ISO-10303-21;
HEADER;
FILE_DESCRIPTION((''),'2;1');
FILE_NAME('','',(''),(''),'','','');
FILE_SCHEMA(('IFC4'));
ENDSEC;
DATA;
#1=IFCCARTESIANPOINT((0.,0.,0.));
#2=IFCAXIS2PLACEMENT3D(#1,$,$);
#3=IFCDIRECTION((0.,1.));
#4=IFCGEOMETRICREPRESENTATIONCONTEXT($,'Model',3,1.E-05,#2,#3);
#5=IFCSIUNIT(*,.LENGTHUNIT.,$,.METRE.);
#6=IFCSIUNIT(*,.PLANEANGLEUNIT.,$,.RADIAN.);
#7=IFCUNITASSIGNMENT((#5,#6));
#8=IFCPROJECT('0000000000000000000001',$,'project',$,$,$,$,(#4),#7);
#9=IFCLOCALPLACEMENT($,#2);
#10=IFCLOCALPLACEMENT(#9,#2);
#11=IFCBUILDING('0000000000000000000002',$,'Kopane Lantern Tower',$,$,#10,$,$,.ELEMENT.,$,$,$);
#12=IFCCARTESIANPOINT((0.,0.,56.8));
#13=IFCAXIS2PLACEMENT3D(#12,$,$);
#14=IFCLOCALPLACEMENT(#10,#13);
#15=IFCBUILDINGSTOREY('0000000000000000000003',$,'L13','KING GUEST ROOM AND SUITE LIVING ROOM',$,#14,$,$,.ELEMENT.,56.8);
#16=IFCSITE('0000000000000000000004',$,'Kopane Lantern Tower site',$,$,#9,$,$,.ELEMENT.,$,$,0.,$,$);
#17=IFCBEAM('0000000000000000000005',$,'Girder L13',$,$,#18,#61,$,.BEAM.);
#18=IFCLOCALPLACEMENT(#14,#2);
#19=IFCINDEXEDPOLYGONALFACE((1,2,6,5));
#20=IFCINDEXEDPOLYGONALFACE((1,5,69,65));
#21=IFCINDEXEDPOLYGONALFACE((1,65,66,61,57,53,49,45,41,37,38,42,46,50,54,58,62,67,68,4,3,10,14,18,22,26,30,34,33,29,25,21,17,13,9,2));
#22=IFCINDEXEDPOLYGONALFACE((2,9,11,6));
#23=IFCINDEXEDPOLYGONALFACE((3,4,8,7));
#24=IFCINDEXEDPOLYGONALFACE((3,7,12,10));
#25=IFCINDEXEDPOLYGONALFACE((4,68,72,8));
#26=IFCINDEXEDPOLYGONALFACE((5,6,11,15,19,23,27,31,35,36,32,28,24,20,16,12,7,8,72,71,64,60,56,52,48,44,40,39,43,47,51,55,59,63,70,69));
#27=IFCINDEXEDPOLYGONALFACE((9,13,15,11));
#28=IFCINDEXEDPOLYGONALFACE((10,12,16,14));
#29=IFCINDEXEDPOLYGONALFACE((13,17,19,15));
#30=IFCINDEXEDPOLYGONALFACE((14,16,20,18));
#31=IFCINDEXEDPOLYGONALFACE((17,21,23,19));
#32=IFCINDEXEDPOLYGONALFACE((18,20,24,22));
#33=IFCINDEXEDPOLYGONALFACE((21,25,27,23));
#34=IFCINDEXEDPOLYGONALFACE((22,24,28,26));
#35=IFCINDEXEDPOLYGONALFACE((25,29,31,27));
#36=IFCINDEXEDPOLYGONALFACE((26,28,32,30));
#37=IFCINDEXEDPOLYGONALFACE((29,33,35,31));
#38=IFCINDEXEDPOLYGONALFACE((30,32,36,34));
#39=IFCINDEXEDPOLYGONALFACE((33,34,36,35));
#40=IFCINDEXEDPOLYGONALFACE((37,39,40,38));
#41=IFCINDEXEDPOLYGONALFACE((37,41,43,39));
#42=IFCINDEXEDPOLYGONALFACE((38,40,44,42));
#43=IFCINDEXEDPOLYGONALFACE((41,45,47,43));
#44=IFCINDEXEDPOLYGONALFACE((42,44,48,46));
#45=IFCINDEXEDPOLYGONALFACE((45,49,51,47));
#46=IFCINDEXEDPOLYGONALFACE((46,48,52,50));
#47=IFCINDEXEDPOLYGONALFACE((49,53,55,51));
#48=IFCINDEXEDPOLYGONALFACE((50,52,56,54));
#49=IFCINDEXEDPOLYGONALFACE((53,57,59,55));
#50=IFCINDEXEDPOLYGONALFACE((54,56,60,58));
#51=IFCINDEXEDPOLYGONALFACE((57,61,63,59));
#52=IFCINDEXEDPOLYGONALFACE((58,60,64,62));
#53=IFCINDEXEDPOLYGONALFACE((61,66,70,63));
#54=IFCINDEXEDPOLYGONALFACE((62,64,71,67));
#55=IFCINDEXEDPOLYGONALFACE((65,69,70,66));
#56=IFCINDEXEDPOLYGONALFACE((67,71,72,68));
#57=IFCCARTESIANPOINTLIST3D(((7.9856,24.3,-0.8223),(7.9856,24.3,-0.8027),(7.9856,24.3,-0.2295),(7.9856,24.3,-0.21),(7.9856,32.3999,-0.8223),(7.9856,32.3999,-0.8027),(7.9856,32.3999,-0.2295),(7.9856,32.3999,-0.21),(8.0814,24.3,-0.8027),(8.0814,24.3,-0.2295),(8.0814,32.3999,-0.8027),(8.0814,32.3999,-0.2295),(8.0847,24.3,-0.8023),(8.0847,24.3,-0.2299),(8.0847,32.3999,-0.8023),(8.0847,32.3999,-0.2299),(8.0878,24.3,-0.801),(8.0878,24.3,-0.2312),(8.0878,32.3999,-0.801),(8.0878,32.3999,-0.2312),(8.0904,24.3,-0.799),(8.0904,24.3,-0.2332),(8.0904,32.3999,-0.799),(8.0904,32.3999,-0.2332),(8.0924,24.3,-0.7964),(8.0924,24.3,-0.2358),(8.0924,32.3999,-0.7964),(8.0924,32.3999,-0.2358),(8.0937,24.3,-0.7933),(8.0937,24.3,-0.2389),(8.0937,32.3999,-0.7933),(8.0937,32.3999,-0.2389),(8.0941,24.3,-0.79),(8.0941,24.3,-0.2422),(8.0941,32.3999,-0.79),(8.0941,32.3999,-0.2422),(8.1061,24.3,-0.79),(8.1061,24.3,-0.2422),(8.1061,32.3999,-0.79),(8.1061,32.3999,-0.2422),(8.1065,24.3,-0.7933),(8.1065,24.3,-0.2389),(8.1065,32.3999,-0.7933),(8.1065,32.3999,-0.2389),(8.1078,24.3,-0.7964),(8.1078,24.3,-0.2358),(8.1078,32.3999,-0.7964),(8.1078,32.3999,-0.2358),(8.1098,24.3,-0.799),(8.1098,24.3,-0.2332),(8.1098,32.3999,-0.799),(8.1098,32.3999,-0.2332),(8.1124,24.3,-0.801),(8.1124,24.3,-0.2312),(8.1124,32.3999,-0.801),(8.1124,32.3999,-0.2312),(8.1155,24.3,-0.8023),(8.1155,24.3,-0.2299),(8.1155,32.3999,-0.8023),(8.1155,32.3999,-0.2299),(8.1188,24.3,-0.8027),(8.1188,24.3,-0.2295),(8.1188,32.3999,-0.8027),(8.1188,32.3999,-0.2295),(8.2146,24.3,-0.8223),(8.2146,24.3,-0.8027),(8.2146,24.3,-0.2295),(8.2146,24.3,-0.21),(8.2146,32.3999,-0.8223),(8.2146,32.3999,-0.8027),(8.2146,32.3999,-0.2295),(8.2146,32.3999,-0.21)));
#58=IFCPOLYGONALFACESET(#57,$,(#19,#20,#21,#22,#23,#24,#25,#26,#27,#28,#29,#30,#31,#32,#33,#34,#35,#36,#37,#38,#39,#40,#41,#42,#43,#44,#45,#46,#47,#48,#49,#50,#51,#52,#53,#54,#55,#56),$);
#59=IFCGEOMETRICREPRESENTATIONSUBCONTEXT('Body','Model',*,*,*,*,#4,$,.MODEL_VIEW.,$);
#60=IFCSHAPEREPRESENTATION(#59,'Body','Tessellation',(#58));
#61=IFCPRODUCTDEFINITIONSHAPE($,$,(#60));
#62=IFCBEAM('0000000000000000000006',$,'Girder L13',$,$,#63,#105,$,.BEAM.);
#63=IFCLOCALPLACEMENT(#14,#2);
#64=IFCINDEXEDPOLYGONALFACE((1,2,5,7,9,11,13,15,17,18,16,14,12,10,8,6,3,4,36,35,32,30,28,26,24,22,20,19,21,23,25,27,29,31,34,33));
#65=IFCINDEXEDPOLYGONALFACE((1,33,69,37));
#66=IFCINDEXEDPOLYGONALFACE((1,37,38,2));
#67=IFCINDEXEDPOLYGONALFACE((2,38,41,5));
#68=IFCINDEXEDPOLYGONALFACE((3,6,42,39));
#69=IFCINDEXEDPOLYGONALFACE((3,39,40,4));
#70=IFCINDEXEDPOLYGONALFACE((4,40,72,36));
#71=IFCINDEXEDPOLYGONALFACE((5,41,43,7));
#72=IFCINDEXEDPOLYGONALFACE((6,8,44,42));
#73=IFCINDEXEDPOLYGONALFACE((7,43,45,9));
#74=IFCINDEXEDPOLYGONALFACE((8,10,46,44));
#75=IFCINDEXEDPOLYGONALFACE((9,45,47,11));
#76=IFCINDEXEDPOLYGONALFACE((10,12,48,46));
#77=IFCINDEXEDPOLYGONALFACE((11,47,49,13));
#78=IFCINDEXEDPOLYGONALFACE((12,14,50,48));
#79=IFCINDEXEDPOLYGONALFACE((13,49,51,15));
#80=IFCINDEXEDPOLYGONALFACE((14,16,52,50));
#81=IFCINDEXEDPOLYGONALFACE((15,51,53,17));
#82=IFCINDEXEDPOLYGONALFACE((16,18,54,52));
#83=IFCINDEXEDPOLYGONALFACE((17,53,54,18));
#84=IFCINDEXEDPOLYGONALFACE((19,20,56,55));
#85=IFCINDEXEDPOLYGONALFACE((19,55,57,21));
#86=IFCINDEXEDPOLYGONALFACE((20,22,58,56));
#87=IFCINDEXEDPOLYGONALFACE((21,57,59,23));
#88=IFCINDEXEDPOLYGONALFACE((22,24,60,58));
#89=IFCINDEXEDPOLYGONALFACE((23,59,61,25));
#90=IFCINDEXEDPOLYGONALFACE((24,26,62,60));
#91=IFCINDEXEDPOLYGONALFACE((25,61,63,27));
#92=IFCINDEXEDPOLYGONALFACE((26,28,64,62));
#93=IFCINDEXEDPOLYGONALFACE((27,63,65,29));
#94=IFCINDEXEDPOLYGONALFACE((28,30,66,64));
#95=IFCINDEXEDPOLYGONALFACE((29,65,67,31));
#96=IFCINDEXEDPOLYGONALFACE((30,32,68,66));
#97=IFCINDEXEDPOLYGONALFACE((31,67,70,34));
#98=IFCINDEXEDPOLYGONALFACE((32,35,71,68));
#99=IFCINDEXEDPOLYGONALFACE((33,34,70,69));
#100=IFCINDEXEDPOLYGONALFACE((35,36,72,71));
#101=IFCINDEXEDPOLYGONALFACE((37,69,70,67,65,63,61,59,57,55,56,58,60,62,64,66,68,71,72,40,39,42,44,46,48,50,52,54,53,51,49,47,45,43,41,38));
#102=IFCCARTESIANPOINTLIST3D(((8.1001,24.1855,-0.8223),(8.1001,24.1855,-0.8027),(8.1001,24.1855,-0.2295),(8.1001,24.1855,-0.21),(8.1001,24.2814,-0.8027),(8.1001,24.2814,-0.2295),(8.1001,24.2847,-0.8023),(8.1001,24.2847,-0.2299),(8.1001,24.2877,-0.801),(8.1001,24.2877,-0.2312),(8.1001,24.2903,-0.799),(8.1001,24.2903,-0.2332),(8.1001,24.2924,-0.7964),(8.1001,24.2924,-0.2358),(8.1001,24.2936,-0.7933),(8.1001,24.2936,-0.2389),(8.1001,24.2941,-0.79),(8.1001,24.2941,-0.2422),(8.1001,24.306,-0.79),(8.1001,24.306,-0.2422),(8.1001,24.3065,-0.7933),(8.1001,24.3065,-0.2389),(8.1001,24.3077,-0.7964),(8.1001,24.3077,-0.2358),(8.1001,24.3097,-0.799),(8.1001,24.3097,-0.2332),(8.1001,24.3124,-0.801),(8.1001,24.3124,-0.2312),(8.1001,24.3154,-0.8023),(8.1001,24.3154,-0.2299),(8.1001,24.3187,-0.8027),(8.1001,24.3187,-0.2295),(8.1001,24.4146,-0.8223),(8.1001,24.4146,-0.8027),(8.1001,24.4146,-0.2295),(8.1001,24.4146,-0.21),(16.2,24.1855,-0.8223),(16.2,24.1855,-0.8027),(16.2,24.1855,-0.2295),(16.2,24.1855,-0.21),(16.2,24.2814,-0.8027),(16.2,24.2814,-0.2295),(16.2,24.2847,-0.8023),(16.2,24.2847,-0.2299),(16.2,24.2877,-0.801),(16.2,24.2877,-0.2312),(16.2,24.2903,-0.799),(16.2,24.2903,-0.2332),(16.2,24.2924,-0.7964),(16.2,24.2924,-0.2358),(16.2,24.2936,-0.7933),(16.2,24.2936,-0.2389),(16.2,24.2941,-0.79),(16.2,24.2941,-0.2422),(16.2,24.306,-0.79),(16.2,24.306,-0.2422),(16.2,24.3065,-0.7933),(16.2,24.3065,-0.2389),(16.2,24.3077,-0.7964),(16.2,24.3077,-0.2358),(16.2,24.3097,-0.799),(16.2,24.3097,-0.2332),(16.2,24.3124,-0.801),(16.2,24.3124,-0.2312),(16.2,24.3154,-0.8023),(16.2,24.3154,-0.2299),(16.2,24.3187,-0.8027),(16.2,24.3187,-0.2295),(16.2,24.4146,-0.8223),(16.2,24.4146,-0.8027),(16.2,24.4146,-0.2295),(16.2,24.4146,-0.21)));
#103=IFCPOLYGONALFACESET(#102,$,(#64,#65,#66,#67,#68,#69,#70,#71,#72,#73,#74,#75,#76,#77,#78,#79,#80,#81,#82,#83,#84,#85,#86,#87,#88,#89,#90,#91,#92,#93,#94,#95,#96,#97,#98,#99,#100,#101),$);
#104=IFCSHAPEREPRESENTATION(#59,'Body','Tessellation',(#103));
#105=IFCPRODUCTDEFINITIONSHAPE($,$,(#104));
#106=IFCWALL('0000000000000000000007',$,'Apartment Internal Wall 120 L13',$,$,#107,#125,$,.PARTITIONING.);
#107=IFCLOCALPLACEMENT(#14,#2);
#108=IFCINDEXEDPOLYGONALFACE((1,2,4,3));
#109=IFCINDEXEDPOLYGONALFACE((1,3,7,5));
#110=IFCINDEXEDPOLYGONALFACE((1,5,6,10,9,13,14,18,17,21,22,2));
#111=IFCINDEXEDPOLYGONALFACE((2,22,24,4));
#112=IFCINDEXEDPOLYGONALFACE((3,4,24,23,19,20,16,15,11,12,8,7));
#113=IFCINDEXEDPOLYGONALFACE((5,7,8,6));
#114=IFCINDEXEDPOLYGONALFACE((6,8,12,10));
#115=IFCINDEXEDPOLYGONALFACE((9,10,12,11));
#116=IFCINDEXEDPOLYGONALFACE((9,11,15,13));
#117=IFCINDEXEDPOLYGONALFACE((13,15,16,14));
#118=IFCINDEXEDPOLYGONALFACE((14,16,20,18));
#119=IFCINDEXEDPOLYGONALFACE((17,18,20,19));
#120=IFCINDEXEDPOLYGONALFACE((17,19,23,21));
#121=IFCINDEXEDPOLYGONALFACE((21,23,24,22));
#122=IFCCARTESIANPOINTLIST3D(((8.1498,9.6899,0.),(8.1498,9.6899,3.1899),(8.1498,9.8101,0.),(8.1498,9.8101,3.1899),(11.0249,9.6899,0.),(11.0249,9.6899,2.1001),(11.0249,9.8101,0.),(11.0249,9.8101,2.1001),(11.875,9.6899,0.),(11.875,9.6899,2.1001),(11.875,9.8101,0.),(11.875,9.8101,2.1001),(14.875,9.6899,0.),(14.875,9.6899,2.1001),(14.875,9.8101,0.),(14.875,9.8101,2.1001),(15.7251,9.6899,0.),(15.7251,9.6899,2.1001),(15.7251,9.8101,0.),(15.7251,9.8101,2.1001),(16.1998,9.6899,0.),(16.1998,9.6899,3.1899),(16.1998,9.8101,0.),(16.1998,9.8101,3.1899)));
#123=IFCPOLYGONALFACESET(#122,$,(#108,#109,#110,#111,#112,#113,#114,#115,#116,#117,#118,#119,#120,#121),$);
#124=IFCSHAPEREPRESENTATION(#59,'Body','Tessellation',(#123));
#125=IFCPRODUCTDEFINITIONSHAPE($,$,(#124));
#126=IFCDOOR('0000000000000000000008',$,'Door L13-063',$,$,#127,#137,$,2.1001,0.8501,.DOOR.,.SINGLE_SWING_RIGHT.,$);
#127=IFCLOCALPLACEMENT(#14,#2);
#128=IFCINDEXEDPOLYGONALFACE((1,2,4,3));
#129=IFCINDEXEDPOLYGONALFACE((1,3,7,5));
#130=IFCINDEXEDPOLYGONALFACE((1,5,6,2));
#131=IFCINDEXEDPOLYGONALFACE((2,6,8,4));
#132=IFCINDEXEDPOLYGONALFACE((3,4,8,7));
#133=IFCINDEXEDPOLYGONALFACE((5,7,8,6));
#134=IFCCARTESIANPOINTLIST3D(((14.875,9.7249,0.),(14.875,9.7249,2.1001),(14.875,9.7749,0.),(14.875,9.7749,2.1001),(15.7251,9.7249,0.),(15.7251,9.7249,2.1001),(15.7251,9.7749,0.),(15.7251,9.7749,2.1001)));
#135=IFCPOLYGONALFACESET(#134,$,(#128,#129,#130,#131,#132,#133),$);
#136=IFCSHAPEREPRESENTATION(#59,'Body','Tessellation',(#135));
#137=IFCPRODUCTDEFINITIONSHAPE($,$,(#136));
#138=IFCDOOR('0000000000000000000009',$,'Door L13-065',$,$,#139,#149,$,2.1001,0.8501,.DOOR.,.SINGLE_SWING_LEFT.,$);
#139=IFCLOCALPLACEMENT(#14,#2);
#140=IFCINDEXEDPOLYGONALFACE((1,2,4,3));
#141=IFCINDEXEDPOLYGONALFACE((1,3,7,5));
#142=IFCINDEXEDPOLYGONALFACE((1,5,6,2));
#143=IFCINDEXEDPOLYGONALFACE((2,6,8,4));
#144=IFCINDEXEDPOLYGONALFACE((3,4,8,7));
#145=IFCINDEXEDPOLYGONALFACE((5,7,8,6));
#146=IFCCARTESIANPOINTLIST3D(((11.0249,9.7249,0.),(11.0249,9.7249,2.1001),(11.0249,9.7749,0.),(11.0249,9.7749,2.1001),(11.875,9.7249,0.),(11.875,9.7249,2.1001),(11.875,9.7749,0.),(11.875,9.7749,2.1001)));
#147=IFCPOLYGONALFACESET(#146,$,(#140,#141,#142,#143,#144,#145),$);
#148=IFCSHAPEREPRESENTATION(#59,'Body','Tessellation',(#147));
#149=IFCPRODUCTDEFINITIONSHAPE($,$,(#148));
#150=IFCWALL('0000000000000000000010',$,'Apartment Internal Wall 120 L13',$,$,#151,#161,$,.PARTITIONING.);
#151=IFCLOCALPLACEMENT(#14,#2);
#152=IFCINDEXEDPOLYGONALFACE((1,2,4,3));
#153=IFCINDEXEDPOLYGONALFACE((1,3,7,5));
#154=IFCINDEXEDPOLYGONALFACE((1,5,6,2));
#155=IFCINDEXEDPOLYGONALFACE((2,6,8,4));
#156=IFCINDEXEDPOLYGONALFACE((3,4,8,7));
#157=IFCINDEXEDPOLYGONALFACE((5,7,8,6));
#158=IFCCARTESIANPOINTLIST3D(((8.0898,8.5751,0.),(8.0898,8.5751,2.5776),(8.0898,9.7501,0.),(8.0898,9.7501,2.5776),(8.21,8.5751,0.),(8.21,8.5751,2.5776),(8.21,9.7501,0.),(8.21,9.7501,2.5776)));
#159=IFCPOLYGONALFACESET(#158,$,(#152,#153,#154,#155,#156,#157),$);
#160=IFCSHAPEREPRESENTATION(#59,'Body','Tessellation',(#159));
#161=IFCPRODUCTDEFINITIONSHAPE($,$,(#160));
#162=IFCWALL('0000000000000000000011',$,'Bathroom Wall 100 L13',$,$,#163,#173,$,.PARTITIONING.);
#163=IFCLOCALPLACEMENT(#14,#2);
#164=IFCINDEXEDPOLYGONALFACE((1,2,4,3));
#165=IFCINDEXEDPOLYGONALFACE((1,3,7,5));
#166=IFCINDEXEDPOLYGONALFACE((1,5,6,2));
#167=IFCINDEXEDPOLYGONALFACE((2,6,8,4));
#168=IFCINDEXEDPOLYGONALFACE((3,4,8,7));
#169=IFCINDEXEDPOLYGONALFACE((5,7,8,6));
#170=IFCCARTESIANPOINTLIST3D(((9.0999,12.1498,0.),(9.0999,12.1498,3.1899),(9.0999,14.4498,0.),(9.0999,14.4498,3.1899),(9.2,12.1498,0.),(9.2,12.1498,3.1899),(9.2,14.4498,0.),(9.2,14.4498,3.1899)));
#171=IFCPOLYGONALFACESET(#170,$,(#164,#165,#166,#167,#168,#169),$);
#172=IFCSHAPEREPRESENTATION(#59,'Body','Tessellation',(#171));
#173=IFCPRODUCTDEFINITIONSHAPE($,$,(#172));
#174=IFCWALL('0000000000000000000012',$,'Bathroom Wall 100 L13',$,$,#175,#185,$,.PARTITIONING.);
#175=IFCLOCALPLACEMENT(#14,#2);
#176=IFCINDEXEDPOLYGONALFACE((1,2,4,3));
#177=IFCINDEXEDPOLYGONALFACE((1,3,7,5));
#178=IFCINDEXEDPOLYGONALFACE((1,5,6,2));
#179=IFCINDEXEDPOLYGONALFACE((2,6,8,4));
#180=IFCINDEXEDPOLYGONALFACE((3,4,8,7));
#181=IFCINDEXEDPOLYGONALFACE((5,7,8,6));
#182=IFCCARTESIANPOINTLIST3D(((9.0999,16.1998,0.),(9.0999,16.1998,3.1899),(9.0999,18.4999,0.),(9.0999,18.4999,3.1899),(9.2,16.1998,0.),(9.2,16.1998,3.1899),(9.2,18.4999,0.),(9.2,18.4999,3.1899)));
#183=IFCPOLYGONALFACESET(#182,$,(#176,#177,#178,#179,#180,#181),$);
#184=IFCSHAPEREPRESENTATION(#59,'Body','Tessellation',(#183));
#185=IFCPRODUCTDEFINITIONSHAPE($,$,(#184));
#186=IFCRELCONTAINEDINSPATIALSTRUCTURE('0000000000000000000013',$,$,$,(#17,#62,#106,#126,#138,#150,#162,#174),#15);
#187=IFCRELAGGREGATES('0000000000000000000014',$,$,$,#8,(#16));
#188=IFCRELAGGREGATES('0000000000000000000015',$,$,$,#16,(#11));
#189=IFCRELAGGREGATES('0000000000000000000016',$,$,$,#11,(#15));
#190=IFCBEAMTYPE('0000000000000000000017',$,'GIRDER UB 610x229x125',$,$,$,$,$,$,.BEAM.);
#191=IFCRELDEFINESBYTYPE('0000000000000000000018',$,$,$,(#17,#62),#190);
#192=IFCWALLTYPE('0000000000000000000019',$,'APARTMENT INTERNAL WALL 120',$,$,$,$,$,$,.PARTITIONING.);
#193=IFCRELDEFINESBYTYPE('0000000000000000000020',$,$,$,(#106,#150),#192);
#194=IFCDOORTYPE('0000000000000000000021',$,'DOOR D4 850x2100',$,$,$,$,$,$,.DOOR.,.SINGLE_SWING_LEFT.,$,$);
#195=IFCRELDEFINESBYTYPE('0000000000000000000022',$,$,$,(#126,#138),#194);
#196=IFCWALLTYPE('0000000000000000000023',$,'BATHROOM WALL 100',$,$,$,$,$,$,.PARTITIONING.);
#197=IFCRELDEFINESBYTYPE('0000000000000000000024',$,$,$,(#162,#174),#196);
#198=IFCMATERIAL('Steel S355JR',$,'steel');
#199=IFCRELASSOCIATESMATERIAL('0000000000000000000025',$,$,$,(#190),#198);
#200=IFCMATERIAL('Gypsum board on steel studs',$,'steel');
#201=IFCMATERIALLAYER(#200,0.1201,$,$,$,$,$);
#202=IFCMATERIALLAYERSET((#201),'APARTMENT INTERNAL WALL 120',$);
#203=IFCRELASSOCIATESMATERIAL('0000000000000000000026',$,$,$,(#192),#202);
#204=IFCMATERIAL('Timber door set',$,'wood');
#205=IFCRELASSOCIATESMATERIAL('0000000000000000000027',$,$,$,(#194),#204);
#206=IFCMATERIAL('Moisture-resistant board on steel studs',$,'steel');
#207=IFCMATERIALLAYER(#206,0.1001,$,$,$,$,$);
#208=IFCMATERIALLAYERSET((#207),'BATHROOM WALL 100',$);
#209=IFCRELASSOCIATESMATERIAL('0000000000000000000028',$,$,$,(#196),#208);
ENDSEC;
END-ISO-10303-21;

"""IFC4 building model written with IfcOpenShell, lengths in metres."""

from ifc_helpers import new_model, si_unit, direction, frame, frame_2d, origin, origin_2d, place, context, subcontext, project, spatial, rectangle, i_section, extrude, material, layer, layer_set, material_profile, profile_set, type_object, element, fill, save


model = new_model("IFC4")

# Units and contexts
model_context = context("Model", 3, precision=1e-05, world=origin(), true_north=direction((0.0, 1.0)))
body_context = subcontext(model_context, "Body", "Model", "MODEL_VIEW")
ifc_project = project(units=[si_unit("LENGTHUNIT", "METRE"), si_unit("PLANEANGLEUNIT", "RADIAN")], contexts=[model_context])

# Site, building, storey
site_placement = place(None, origin())
site = spatial("IfcSite", under=ifc_project, at=site_placement, Name="Kopane Lantern Tower site", CompositionType="ELEMENT", RefElevation=0.0)
building_placement = place(site_placement, origin())
building = spatial("IfcBuilding", under=site, at=building_placement, Name="Kopane Lantern Tower", CompositionType="ELEMENT")
storey_placement = place(building_placement, frame((0.0, 0.0, 56.8)))
storey = spatial("IfcBuildingStorey", under=building, at=storey_placement, Name="L13", Description="KING GUEST ROOM AND SUITE LIVING ROOM", CompositionType="ELEMENT", Elevation=56.8)

# Beams
ifc_material_1 = material(Name="Steel S355JR", Category="steel")
ifc_material_profile_1 = material_profile(ifc_material_1, i_section(OverallWidth=0.229, OverallDepth=0.6123, WebThickness=0.012, FlangeThickness=0.0195, FilletRadius=0.0127, at=origin_2d()), Name="UB 610x229x125")
ifc_profile_set_1 = profile_set([ifc_material_profile_1], Name="Steel S355JR")
beam_type = type_object("IfcBeamType", Name="GIRDER UB 610x229x125", PredefinedType="BEAM", material=ifc_profile_set_1)
for number, where, z_axis, x_axis, name in (
    (1, (8.1001, 24.3, -0.5161), (0.0, 1.0, 0.0), (-1.0, 0.0, 0.0), "Girder L13"),
    (2, (8.1001, 24.3, -0.5161), (1.0, 0.0, 0.0), (0.0, 1.0, 0.0), "Girder L13"),
):
    element("IfcBeam", number, at=place(storey_placement, frame(where, z_axis=z_axis, x_axis=x_axis)), inside=storey, type_object=beam_type, Name=name, PredefinedType="BEAM", context=body_context, shape_type="SweptSolid", body=[
        extrude(i_section(OverallWidth=0.229, OverallDepth=0.6123, WebThickness=0.012, FlangeThickness=0.0195, FilletRadius=0.0127, at=origin_2d()), origin(), (0.0, 0.0, 1.0), 8.0999),
    ])

# Wall, openings, doors
ifc_material_2 = material(Name="Gypsum board on steel studs", Category="steel")
ifc_layer_1 = layer(ifc_material_2, 0.1201)
ifc_layer_set_1 = layer_set([ifc_layer_1], Name="APARTMENT INTERNAL WALL 120")
wall_type_1 = type_object("IfcWallType", Name="APARTMENT INTERNAL WALL 120", PredefinedType="PARTITIONING", material=ifc_layer_set_1)
wall_1_placement = place(storey_placement, frame((8.1499, 9.75, 0.0), z_axis=(0.0, 0.0, 1.0), x_axis=(1.0, 0.0, 0.0)))
wall_1 = element("IfcWall", 3, at=wall_1_placement, inside=storey, type_object=wall_type_1, Name="Apartment Internal Wall 120 L13", PredefinedType="PARTITIONING", context=body_context, shape_type="SweptSolid", body=[
    extrude(rectangle(XDim=8.05, YDim=0.1201, at=frame_2d((4.0249, 0.0))), origin(), (0.0, 0.0, 1.0), 3.1899),
])
opening_1_placement = place(wall_1_placement, frame((6.7251, 0.0, 0.0)))
opening_1 = element("IfcOpeningElement", 4, at=opening_1_placement, cuts=wall_1, PredefinedType="OPENING", context=body_context, shape_type="SweptSolid", body=[
    extrude(rectangle(XDim=0.8501, YDim=2.1001, at=frame_2d((0.425, 1.05))), frame((0.0, 0.0701, 0.0), z_axis=(0.0, -1.0, 0.0), x_axis=(1.0, 0.0, 0.0)), (0.0, 0.0, 1.0), 0.1401),
])
opening_2_placement = place(wall_1_placement, frame((2.875, 0.0, 0.0)))
opening_2 = element("IfcOpeningElement", 5, at=opening_2_placement, cuts=wall_1, PredefinedType="OPENING", context=body_context, shape_type="SweptSolid", body=[
    extrude(rectangle(XDim=0.8501, YDim=2.1001, at=frame_2d((0.425, 1.05))), frame((0.0, 0.0701, 0.0), z_axis=(0.0, -1.0, 0.0), x_axis=(1.0, 0.0, 0.0)), (0.0, 0.0, 1.0), 0.1401),
])
ifc_material_3 = material(Name="Timber door set", Category="wood")
door_type = type_object("IfcDoorType", Name="DOOR D4 850x2100", OperationType="SINGLE_SWING_LEFT", PredefinedType="DOOR", material=ifc_material_3)
door_1_placement = place(opening_1_placement, origin())
door_1 = element("IfcDoor", 6, at=door_1_placement, inside=storey, type_object=door_type, Name="Door L13-063", OperationType="SINGLE_SWING_RIGHT", OverallHeight=2.1001, OverallWidth=0.8501, PredefinedType="DOOR", context=body_context, shape_type="SweptSolid", body=[
    extrude(rectangle(XDim=0.8501, YDim=2.1001, at=frame_2d((0.425, 1.05))), frame((0.0, 0.0249, 0.0), z_axis=(0.0, -1.0, 0.0), x_axis=(1.0, 0.0, 0.0)), (0.0, 0.0, 1.0), 0.05),
])
fill(opening_1, door_1)
door_2_placement = place(opening_2_placement, origin())
door_2 = element("IfcDoor", 7, at=door_2_placement, inside=storey, type_object=door_type, Name="Door L13-065", OperationType="SINGLE_SWING_LEFT", OverallHeight=2.1001, OverallWidth=0.8501, PredefinedType="DOOR", context=body_context, shape_type="SweptSolid", body=[
    extrude(rectangle(XDim=0.8501, YDim=2.1001, at=frame_2d((0.425, 1.05))), frame((0.0, 0.0249, 0.0), z_axis=(0.0, -1.0, 0.0), x_axis=(1.0, 0.0, 0.0)), (0.0, 0.0, 1.0), 0.05),
])
fill(opening_2, door_2)

# Walls
wall_2_placement = place(storey_placement, frame((8.1499, 9.75, 0.0), z_axis=(0.0, 0.0, 1.0), x_axis=(0.0, -1.0, 0.0)))
element("IfcWall", 8, at=wall_2_placement, inside=storey, type_object=wall_type_1, Name="Apartment Internal Wall 120 L13", PredefinedType="PARTITIONING", context=body_context, shape_type="SweptSolid", body=[
    extrude(rectangle(XDim=1.175, YDim=0.1201, at=frame_2d((0.5874, 0.0))), origin(), (0.0, 0.0, 1.0), 2.5776),
])
ifc_material_4 = material(Name="Moisture-resistant board on steel studs", Category="steel")
ifc_layer_2 = layer(ifc_material_4, 0.1001)
ifc_layer_set_2 = layer_set([ifc_layer_2], Name="BATHROOM WALL 100")
wall_type_2 = type_object("IfcWallType", Name="BATHROOM WALL 100", PredefinedType="PARTITIONING", material=ifc_layer_set_2)
for number, where, z_axis, x_axis, name in (
    (9, (9.1499, 12.1499, 0.0), (0.0, 0.0, 1.0), (0.0, 1.0, 0.0), "Bathroom Wall 100 L13"),
    (10, (9.1499, 16.2, 0.0), (0.0, 0.0, 1.0), (0.0, 1.0, 0.0), "Bathroom Wall 100 L13"),
):
    element("IfcWall", number, at=place(storey_placement, frame(where, z_axis=z_axis, x_axis=x_axis)), inside=storey, type_object=wall_type_2, Name=name, PredefinedType="PARTITIONING", context=body_context, shape_type="SweptSolid", body=[
        extrude(rectangle(XDim=2.3, YDim=0.1001, at=frame_2d((1.1499, 0.0))), origin(), (0.0, 0.0, 1.0), 3.1899),
    ])

save(model, "model.ifc")
